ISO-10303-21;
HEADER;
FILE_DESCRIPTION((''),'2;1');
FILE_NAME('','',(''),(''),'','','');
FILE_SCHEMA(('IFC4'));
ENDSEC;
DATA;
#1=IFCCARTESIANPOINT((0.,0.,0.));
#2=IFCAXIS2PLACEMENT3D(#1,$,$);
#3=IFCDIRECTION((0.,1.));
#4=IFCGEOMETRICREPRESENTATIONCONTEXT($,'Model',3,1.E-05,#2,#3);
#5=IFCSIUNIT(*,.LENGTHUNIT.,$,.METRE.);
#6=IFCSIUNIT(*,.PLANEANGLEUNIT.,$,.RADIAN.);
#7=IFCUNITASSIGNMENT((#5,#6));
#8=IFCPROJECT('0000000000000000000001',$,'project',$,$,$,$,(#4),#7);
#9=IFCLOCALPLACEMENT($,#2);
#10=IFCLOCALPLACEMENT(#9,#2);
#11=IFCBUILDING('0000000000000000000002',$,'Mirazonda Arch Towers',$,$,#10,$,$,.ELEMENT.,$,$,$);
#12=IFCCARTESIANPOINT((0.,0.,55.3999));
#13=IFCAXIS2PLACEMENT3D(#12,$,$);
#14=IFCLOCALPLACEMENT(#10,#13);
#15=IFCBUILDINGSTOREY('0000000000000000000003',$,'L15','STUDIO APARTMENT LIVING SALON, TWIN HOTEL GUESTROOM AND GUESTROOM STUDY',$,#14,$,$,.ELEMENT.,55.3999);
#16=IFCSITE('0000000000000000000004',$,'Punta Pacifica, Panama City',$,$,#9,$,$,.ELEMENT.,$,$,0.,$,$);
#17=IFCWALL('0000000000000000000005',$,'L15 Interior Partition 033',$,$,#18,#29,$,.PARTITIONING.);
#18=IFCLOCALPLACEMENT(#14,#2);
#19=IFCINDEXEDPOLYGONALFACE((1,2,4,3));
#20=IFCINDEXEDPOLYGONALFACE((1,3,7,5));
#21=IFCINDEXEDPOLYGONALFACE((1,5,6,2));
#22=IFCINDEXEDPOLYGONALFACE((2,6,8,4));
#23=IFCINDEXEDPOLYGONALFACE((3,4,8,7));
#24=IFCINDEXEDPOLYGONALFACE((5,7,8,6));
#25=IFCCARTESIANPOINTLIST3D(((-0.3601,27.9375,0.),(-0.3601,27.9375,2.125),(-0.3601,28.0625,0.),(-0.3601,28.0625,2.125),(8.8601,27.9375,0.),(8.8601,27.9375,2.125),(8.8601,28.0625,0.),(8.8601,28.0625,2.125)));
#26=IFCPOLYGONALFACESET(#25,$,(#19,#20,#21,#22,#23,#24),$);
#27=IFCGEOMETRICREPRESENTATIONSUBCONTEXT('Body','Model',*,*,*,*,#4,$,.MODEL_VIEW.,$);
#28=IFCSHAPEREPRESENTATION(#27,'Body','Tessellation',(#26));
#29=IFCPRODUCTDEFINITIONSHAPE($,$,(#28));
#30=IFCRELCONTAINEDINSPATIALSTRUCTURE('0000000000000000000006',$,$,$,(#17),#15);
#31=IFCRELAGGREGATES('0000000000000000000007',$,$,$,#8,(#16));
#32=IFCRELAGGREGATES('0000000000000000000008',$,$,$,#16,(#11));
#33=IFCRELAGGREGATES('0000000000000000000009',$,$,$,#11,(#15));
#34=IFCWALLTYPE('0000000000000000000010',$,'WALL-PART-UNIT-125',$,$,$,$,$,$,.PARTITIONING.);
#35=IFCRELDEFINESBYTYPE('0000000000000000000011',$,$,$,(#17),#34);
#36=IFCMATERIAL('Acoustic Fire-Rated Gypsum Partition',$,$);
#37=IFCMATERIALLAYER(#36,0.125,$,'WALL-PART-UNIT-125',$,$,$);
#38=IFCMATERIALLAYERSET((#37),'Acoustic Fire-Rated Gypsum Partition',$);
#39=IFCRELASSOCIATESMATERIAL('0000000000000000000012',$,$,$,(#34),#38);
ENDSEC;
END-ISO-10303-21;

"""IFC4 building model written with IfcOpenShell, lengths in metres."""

from ifc_helpers import new_model, si_unit, direction, frame, frame_2d, origin, place, context, subcontext, project, spatial, rectangle, extrude, material, layer, layer_set, type_object, element, save


model = new_model("IFC4")

# Units and contexts
model_context = context("Model", 3, precision=1e-05, world=origin(), true_north=direction((0.0, 1.0)))
body_context = subcontext(model_context, "Body", "Model", "MODEL_VIEW")
ifc_project = project(units=[si_unit("LENGTHUNIT", "METRE"), si_unit("PLANEANGLEUNIT", "RADIAN")], contexts=[model_context])

# Site, building, storey
site_placement = place(None, origin())
site = spatial("IfcSite", under=ifc_project, at=site_placement, Name="Punta Pacifica, Panama City", CompositionType="ELEMENT", RefElevation=0.0)
building_placement = place(site_placement, origin())
building = spatial("IfcBuilding", under=site, at=building_placement, Name="Mirazonda Arch Towers", CompositionType="ELEMENT")
storey_placement = place(building_placement, frame((0.0, 0.0, 55.3999)))
storey = spatial("IfcBuildingStorey", under=building, at=storey_placement, Name="L15", Description="STUDIO APARTMENT LIVING SALON, TWIN HOTEL GUESTROOM AND GUESTROOM STUDY", CompositionType="ELEMENT", Elevation=55.3999)

# Wall
ifc_material_1 = material(Name="Acoustic Fire-Rated Gypsum Partition")
ifc_layer_1 = layer(ifc_material_1, 0.125, Name="WALL-PART-UNIT-125")
ifc_layer_set_1 = layer_set([ifc_layer_1], Name="Acoustic Fire-Rated Gypsum Partition")
wall_type_1 = type_object("IfcWallType", Name="WALL-PART-UNIT-125", PredefinedType="PARTITIONING", material=ifc_layer_set_1)
wall_1_placement = place(storey_placement, frame((-0.3601, 28.0, 0.0), z_axis=(0.0, 0.0, 1.0), x_axis=(1.0, 0.0, 0.0)))
element("IfcWall", 1, at=wall_1_placement, inside=storey, type_object=wall_type_1, Name="L15 Interior Partition 033", PredefinedType="PARTITIONING", context=body_context, shape_type="SweptSolid", body=[
    extrude(rectangle(XDim=9.2202, YDim=0.125, at=frame_2d((4.6101, 0.0))), origin(), (0.0, 0.0, 1.0), 2.125),
])

save(model, "model.ifc")
